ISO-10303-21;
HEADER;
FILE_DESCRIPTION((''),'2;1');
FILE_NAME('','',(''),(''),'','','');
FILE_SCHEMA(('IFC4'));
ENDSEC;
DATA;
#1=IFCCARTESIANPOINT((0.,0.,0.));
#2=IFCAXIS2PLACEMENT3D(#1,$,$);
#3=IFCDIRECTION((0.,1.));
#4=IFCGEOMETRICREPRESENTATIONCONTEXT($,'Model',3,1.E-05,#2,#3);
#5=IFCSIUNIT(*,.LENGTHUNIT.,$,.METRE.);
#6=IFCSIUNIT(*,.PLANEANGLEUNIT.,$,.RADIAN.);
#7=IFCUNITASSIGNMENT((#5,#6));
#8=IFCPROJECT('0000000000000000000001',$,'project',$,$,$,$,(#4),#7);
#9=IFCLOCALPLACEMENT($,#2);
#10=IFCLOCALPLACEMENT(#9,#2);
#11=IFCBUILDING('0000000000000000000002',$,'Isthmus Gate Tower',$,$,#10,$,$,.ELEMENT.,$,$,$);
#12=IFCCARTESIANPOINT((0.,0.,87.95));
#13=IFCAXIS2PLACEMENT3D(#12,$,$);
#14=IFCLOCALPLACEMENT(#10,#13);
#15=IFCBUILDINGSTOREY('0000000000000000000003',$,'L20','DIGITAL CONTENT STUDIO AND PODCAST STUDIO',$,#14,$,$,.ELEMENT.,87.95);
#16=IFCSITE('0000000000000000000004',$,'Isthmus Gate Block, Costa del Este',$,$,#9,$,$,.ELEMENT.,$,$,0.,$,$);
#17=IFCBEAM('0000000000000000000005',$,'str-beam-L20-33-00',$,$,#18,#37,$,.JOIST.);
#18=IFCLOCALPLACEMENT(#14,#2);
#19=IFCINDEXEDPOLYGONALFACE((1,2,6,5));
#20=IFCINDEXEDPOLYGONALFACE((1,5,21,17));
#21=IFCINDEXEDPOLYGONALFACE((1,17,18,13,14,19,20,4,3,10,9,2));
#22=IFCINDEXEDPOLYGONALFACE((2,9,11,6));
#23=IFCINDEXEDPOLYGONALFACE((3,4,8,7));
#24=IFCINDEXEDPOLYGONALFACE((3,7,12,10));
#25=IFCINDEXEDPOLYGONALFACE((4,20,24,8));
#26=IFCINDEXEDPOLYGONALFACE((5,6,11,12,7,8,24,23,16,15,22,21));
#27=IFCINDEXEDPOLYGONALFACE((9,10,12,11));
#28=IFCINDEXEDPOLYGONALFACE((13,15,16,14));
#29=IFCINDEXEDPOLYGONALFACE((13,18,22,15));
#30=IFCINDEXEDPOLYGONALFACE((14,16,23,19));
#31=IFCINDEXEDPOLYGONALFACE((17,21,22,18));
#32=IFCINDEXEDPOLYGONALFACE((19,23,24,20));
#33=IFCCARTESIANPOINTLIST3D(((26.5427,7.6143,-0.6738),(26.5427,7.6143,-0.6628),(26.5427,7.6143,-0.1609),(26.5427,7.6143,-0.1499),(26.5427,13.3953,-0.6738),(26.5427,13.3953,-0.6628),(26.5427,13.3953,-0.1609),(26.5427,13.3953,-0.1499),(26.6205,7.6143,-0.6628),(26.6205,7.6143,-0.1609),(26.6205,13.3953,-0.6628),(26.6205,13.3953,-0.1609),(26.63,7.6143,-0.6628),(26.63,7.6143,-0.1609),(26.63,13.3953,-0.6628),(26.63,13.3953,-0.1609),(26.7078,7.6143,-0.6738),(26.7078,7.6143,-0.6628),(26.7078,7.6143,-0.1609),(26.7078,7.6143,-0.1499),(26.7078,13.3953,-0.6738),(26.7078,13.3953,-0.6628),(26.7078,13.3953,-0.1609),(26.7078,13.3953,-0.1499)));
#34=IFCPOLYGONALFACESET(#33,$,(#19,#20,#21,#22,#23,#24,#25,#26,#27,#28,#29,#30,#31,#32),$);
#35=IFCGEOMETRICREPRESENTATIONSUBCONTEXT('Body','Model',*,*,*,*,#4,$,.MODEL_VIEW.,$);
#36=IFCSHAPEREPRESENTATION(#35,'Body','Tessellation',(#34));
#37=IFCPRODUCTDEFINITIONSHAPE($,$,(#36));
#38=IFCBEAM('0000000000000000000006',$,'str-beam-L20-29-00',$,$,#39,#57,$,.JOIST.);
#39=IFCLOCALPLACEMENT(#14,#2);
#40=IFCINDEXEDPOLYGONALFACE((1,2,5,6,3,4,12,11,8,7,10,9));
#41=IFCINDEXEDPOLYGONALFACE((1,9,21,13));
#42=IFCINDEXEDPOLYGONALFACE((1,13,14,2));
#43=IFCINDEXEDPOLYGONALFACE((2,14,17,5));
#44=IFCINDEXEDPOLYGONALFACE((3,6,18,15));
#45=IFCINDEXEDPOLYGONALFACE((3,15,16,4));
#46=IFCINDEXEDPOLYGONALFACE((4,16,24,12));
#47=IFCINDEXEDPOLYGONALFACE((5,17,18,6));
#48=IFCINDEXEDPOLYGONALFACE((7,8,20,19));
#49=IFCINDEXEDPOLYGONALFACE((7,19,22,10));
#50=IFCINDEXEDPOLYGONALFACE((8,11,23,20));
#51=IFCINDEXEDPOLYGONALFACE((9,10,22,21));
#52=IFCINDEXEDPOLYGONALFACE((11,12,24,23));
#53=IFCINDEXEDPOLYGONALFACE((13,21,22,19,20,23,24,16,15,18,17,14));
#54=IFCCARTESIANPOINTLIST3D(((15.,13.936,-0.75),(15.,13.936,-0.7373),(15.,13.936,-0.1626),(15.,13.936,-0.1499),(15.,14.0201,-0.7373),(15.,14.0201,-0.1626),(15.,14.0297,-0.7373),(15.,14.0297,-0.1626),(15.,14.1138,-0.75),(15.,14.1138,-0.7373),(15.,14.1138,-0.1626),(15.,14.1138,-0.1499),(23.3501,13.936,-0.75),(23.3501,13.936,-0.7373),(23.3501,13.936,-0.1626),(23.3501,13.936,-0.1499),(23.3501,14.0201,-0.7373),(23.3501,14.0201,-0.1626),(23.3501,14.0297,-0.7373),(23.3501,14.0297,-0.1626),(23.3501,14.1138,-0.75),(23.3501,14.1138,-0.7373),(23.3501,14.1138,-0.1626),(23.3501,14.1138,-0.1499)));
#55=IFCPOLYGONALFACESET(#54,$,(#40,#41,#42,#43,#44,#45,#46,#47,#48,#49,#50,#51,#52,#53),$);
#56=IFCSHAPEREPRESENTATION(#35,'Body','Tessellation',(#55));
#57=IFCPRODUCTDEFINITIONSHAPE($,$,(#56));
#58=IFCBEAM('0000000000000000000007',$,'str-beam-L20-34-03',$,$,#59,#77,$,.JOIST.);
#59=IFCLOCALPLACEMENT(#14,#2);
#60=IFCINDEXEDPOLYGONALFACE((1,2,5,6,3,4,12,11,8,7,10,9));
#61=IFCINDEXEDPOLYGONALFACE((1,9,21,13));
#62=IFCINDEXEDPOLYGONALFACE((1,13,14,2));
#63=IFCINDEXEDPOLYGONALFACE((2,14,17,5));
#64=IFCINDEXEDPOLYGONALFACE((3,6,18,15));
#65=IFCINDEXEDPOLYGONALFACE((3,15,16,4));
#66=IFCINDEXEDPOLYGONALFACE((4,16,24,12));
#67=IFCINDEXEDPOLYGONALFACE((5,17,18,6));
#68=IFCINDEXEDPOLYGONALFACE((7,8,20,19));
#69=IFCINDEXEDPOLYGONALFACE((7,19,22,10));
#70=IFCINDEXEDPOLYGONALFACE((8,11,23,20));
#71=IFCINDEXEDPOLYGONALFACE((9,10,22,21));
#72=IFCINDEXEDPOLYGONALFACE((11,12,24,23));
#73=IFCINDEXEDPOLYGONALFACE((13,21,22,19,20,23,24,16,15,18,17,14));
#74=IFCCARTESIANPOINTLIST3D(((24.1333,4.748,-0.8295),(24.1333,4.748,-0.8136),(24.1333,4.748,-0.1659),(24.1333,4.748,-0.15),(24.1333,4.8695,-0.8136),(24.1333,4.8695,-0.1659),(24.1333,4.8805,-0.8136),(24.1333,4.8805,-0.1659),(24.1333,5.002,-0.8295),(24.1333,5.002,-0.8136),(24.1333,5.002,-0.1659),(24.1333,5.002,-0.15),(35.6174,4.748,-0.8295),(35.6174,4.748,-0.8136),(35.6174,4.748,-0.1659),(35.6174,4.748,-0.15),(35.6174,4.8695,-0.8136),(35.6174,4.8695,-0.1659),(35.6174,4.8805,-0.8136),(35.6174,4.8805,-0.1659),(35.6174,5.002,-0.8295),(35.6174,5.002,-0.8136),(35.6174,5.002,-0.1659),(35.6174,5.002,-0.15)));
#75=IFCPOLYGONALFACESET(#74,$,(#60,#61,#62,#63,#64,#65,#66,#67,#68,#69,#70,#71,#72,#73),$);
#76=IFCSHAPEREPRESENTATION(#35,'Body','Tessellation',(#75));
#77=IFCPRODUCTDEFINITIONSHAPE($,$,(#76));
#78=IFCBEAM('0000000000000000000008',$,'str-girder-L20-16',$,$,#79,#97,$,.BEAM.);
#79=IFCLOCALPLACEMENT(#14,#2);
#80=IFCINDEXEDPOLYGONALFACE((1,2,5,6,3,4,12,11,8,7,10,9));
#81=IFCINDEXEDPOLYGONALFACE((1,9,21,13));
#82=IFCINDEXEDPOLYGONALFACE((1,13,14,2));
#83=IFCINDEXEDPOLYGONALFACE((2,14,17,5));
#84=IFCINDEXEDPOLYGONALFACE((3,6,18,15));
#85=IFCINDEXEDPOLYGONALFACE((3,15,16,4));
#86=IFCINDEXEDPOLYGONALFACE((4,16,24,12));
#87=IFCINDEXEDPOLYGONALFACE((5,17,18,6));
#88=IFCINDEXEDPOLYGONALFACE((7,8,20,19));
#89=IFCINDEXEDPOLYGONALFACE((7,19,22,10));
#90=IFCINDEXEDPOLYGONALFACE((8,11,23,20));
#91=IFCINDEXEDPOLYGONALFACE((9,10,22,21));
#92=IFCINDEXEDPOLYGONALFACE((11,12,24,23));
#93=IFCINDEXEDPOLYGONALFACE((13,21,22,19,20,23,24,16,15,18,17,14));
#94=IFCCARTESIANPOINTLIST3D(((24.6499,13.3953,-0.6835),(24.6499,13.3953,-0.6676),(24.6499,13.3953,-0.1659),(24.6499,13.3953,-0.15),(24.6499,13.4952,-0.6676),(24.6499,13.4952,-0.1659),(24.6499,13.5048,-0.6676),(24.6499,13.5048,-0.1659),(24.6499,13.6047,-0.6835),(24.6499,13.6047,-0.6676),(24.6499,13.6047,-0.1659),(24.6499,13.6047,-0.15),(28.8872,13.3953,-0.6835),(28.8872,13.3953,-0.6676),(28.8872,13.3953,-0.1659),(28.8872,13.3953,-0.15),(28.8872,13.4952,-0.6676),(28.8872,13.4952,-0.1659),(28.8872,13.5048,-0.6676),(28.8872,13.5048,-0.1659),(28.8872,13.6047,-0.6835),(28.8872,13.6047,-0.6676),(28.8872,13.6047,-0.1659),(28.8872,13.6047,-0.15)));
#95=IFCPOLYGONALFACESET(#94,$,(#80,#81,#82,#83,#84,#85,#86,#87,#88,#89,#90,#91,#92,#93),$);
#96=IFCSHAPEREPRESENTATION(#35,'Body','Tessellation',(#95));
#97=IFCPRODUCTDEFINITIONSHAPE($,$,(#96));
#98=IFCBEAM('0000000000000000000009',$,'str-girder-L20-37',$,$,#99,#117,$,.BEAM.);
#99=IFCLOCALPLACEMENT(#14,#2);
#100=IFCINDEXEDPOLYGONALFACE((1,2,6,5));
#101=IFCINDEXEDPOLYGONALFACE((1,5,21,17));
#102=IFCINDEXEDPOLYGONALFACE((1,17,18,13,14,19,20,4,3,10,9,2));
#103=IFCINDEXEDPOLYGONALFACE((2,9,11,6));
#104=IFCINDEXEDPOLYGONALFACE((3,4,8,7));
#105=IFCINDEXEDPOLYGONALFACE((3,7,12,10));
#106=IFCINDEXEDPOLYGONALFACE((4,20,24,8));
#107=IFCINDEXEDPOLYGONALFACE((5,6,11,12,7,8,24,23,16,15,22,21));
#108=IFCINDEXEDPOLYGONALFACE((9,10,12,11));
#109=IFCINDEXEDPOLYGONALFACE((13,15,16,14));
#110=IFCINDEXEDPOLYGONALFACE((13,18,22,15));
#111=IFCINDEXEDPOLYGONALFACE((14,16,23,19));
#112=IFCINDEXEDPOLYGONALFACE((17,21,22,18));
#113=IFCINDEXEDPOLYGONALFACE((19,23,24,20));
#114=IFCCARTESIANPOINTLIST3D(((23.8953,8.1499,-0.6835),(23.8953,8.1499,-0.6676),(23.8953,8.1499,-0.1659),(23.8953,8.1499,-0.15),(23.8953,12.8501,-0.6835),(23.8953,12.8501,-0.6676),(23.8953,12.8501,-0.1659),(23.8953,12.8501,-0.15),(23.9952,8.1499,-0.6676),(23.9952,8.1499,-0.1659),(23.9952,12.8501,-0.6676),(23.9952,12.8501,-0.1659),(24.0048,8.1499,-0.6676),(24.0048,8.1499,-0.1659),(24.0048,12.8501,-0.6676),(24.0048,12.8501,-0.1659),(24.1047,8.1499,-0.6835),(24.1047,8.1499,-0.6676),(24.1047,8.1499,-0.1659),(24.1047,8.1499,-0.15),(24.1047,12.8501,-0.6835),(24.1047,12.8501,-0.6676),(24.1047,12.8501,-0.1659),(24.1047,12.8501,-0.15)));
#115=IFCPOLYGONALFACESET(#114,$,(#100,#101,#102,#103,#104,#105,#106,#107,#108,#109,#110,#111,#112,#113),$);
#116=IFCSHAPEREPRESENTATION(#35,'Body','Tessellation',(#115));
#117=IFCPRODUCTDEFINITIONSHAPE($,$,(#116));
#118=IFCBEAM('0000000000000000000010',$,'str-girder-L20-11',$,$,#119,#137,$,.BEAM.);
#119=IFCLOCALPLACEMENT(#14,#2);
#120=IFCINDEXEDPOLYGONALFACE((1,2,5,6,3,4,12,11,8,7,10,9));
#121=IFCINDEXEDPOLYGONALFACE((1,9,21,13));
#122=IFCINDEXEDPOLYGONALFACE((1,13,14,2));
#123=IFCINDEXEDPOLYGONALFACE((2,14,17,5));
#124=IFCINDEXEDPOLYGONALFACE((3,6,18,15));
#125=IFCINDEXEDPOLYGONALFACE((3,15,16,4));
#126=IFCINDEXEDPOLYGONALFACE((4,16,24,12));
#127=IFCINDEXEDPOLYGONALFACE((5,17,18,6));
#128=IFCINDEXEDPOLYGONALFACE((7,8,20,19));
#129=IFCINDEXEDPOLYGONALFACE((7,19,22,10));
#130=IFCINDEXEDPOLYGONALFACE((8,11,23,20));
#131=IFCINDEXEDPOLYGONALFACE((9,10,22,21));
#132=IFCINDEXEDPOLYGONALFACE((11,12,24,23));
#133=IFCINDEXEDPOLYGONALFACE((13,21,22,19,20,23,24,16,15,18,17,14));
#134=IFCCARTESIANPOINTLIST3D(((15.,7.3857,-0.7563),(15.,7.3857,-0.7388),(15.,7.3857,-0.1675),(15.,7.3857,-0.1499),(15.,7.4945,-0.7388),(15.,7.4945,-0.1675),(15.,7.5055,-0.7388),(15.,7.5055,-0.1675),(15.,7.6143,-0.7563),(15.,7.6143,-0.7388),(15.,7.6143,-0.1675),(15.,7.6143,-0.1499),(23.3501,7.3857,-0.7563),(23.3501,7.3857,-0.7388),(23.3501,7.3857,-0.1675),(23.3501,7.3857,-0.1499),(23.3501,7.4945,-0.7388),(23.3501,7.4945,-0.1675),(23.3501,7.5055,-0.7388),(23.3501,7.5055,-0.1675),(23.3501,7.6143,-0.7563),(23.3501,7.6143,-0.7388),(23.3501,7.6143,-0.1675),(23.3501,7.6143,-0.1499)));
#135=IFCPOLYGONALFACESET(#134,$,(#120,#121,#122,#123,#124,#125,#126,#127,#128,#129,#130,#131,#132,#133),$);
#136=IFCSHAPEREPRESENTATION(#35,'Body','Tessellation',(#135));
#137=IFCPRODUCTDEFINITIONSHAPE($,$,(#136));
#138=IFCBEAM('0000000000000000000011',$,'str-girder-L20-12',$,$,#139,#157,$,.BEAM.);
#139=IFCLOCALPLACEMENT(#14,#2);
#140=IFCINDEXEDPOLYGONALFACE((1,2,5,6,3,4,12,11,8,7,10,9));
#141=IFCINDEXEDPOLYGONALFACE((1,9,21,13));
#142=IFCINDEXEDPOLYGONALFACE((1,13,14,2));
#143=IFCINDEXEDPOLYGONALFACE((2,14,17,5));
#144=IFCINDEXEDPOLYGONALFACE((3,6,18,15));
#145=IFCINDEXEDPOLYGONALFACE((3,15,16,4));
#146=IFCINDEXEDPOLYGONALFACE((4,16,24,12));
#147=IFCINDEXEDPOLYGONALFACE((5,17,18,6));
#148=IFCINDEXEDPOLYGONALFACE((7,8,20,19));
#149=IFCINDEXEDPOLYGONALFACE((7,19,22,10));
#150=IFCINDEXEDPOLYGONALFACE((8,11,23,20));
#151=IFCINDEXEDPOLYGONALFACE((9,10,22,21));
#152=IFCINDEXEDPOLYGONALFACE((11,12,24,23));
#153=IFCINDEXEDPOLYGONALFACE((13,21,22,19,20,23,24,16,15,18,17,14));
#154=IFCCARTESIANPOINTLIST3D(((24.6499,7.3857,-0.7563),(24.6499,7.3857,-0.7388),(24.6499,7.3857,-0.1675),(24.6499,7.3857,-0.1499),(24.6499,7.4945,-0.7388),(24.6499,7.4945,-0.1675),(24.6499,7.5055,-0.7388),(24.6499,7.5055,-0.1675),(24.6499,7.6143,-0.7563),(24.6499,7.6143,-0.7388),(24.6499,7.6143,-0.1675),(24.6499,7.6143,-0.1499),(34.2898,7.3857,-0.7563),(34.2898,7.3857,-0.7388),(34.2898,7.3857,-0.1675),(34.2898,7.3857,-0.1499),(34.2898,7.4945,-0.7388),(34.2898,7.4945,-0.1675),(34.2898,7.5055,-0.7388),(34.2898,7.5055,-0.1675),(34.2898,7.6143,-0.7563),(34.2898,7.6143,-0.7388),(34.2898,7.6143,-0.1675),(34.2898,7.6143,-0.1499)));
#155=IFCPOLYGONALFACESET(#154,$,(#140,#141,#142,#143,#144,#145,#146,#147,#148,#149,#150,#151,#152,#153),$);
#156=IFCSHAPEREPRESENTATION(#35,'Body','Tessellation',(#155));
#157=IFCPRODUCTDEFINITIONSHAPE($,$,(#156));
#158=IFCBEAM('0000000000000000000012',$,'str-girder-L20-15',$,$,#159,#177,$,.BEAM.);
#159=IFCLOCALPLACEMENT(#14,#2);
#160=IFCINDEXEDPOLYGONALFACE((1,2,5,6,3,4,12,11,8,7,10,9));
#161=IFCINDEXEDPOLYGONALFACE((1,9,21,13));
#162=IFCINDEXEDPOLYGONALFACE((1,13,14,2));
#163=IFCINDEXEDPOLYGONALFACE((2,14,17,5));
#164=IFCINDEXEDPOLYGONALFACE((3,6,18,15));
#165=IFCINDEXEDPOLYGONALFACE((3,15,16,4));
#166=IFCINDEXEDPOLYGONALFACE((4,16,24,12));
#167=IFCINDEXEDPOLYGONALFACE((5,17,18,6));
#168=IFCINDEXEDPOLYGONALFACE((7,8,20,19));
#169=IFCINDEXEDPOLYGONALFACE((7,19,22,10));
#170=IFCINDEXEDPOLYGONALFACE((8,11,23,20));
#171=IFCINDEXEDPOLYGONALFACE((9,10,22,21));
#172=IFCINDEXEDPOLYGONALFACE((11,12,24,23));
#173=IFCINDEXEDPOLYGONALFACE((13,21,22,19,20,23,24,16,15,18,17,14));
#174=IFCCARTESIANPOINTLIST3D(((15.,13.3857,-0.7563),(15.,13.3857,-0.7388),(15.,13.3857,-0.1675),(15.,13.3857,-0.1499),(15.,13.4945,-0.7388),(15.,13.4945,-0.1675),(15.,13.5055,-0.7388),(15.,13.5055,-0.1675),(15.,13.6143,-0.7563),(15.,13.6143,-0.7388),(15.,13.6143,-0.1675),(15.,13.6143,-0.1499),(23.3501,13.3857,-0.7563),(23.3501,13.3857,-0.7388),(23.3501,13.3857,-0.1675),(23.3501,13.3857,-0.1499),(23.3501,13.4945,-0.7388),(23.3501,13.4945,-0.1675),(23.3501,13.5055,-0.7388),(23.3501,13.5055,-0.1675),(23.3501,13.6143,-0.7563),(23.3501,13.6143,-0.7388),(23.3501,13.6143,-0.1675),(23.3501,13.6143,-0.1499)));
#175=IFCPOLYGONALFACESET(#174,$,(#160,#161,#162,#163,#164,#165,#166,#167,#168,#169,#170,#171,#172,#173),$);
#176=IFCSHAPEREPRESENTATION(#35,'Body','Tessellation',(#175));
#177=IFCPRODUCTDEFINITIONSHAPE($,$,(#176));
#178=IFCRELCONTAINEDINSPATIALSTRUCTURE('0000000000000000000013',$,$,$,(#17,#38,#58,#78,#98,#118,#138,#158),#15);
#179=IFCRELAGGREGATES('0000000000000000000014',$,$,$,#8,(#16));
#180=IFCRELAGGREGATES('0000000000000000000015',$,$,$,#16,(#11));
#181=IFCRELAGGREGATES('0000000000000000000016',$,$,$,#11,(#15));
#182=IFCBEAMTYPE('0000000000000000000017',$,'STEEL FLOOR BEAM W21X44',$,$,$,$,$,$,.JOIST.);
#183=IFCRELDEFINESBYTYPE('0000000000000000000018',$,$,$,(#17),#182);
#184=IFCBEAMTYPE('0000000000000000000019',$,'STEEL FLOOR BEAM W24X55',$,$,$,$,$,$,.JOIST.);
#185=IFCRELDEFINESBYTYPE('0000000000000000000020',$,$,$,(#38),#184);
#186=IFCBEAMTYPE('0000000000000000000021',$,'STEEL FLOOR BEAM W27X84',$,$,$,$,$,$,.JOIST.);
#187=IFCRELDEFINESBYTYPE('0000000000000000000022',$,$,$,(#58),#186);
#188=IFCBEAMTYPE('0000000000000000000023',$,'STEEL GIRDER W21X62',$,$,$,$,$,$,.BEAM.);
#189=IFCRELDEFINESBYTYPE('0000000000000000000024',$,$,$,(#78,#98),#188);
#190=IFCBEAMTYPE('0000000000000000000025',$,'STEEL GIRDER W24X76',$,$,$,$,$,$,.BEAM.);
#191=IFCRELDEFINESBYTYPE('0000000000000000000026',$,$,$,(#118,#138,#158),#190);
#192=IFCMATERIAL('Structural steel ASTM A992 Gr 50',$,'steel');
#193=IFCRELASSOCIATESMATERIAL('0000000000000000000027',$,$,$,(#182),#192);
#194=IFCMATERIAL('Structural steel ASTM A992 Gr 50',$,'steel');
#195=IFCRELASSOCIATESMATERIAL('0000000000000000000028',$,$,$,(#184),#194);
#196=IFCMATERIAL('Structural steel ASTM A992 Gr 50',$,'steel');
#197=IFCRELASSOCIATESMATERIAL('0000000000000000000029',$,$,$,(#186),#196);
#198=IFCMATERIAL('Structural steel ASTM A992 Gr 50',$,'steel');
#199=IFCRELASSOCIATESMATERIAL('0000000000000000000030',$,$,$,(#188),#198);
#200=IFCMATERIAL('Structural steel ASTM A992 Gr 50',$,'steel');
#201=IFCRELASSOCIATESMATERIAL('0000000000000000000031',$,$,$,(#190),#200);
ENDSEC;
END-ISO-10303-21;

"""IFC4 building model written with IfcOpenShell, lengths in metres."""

from ifc_helpers import new_model, si_unit, direction, frame, origin, origin_2d, place, context, subcontext, project, spatial, i_section, extrude, material, material_profile, profile_set, type_object, element, save


model = new_model("IFC4")

# Units and contexts
model_context = context("Model", 3, precision=1e-05, world=origin(), true_north=direction((0.0, 1.0)))
body_context = subcontext(model_context, "Body", "Model", "MODEL_VIEW")
ifc_project = project(units=[si_unit("LENGTHUNIT", "METRE"), si_unit("PLANEANGLEUNIT", "RADIAN")], contexts=[model_context])

# Site, building, storey
site_placement = place(None, origin())
site = spatial("IfcSite", under=ifc_project, at=site_placement, Name="Isthmus Gate Block, Costa del Este", CompositionType="ELEMENT", RefElevation=0.0)
building_placement = place(site_placement, origin())
building = spatial("IfcBuilding", under=site, at=building_placement, Name="Isthmus Gate Tower", CompositionType="ELEMENT")
storey_placement = place(building_placement, frame((0.0, 0.0, 87.95)))
storey = spatial("IfcBuildingStorey", under=building, at=storey_placement, Name="L20", Description="DIGITAL CONTENT STUDIO AND PODCAST STUDIO", CompositionType="ELEMENT", Elevation=87.95)

# Beams
ifc_material_1 = material(Name="Structural steel ASTM A992 Gr 50", Category="steel")
ifc_material_profile_1 = material_profile(ifc_material_1, i_section(OverallWidth=0.165, OverallDepth=0.5239, WebThickness=0.0095, FlangeThickness=0.011, at=origin_2d()), Name="W21X44")
ifc_profile_set_1 = profile_set([ifc_material_profile_1], Name="Structural steel ASTM A992 Gr 50")
beam_type_1 = type_object("IfcBeamType", Name="STEEL FLOOR BEAM W21X44", PredefinedType="JOIST", material=ifc_profile_set_1)
beam_1_placement = place(storey_placement, frame((26.6252, 7.6143, -0.4119), z_axis=(0.0, 1.0, 0.0), x_axis=(-1.0, 0.0, 0.0)))
element("IfcBeam", 1, at=beam_1_placement, inside=storey, type_object=beam_type_1, Name="str-beam-L20-33-00", PredefinedType="JOIST", context=body_context, shape_type="SweptSolid", body=[
    extrude(i_section(OverallWidth=0.165, OverallDepth=0.5239, WebThickness=0.0095, FlangeThickness=0.011, at=origin_2d()), origin(), (0.0, 0.0, 1.0), 5.781),
])
ifc_material_2 = material(Name="Structural steel ASTM A992 Gr 50", Category="steel")
ifc_material_profile_2 = material_profile(ifc_material_2, i_section(OverallWidth=0.1777, OverallDepth=0.6001, WebThickness=0.0095, FlangeThickness=0.0127, at=origin_2d()), Name="W24X55")
ifc_profile_set_2 = profile_set([ifc_material_profile_2], Name="Structural steel ASTM A992 Gr 50")
beam_type_2 = type_object("IfcBeamType", Name="STEEL FLOOR BEAM W24X55", PredefinedType="JOIST", material=ifc_profile_set_2)
beam_2_placement = place(storey_placement, frame((15.0, 14.0249, -0.45), z_axis=(1.0, 0.0, 0.0), x_axis=(0.0, 1.0, 0.0)))
element("IfcBeam", 2, at=beam_2_placement, inside=storey, type_object=beam_type_2, Name="str-beam-L20-29-00", PredefinedType="JOIST", context=body_context, shape_type="SweptSolid", body=[
    extrude(i_section(OverallWidth=0.1777, OverallDepth=0.6001, WebThickness=0.0095, FlangeThickness=0.0127, at=origin_2d()), origin(), (0.0, 0.0, 1.0), 8.3501),
])
ifc_material_3 = material(Name="Structural steel ASTM A992 Gr 50", Category="steel")
ifc_material_profile_3 = material_profile(ifc_material_3, i_section(OverallWidth=0.2539, OverallDepth=0.6794, WebThickness=0.011, FlangeThickness=0.0159, at=origin_2d()), Name="W27X84")
ifc_profile_set_3 = profile_set([ifc_material_profile_3], Name="Structural steel ASTM A992 Gr 50")
beam_type_3 = type_object("IfcBeamType", Name="STEEL FLOOR BEAM W27X84", PredefinedType="JOIST", material=ifc_profile_set_3)
beam_3_placement = place(storey_placement, frame((24.1333, 4.875, -0.4897), z_axis=(1.0, 0.0, 0.0), x_axis=(0.0, 1.0, 0.0)))
element("IfcBeam", 3, at=beam_3_placement, inside=storey, type_object=beam_type_3, Name="str-beam-L20-34-03", PredefinedType="JOIST", context=body_context, shape_type="SweptSolid", body=[
    extrude(i_section(OverallWidth=0.2539, OverallDepth=0.6794, WebThickness=0.011, FlangeThickness=0.0159, at=origin_2d()), origin(), (0.0, 0.0, 1.0), 11.4841),
])
ifc_material_4 = material(Name="Structural steel ASTM A992 Gr 50", Category="steel")
ifc_material_profile_4 = material_profile(ifc_material_4, i_section(OverallWidth=0.2095, OverallDepth=0.5334, WebThickness=0.0095, FlangeThickness=0.0159, at=origin_2d()), Name="W21X62")
ifc_profile_set_4 = profile_set([ifc_material_profile_4], Name="Structural steel ASTM A992 Gr 50")
beam_type_4 = type_object("IfcBeamType", Name="STEEL GIRDER W21X62", PredefinedType="BEAM", material=ifc_profile_set_4)
beam_4_placement = place(storey_placement, frame((24.6499, 13.5, -0.4167), z_axis=(1.0, 0.0, 0.0), x_axis=(0.0, 1.0, 0.0)))
element("IfcBeam", 4, at=beam_4_placement, inside=storey, type_object=beam_type_4, Name="str-girder-L20-16", PredefinedType="BEAM", context=body_context, shape_type="SweptSolid", body=[
    extrude(i_section(OverallWidth=0.2095, OverallDepth=0.5334, WebThickness=0.0095, FlangeThickness=0.0159, at=origin_2d()), origin(), (0.0, 0.0, 1.0), 4.2373),
])
beam_5_placement = place(storey_placement, frame((24.0, 8.1499, -0.4167), z_axis=(0.0, 1.0, 0.0), x_axis=(-1.0, 0.0, 0.0)))
element("IfcBeam", 5, at=beam_5_placement, inside=storey, type_object=beam_type_4, Name="str-girder-L20-37", PredefinedType="BEAM", context=body_context, shape_type="SweptSolid", body=[
    extrude(i_section(OverallWidth=0.2095, OverallDepth=0.5334, WebThickness=0.0095, FlangeThickness=0.0159, at=origin_2d()), origin(), (0.0, 0.0, 1.0), 4.7002),
])
ifc_material_5 = material(Name="Structural steel ASTM A992 Gr 50", Category="steel")
ifc_material_profile_5 = material_profile(ifc_material_5, i_section(OverallWidth=0.2285, OverallDepth=0.6064, WebThickness=0.011, FlangeThickness=0.0176, at=origin_2d()), Name="W24X76")
ifc_profile_set_5 = profile_set([ifc_material_profile_5], Name="Structural steel ASTM A992 Gr 50")
beam_type_5 = type_object("IfcBeamType", Name="STEEL GIRDER W24X76", PredefinedType="BEAM", material=ifc_profile_set_5)
beam_6_placement = place(storey_placement, frame((15.0, 7.5, -0.4531), z_axis=(1.0, 0.0, 0.0), x_axis=(0.0, 1.0, 0.0)))
element("IfcBeam", 6, at=beam_6_placement, inside=storey, type_object=beam_type_5, Name="str-girder-L20-11", PredefinedType="BEAM", context=body_context, shape_type="SweptSolid", body=[
    extrude(i_section(OverallWidth=0.2285, OverallDepth=0.6064, WebThickness=0.011, FlangeThickness=0.0176, at=origin_2d()), origin(), (0.0, 0.0, 1.0), 8.3501),
])
beam_7_placement = place(storey_placement, frame((24.6499, 7.5, -0.4531), z_axis=(1.0, 0.0, 0.0), x_axis=(0.0, 1.0, 0.0)))
element("IfcBeam", 7, at=beam_7_placement, inside=storey, type_object=beam_type_5, Name="str-girder-L20-12", PredefinedType="BEAM", context=body_context, shape_type="SweptSolid", body=[
    extrude(i_section(OverallWidth=0.2285, OverallDepth=0.6064, WebThickness=0.011, FlangeThickness=0.0176, at=origin_2d()), origin(), (0.0, 0.0, 1.0), 9.6399),
])
beam_8_placement = place(storey_placement, frame((15.0, 13.5, -0.4531), z_axis=(1.0, 0.0, 0.0), x_axis=(0.0, 1.0, 0.0)))
element("IfcBeam", 8, at=beam_8_placement, inside=storey, type_object=beam_type_5, Name="str-girder-L20-15", PredefinedType="BEAM", context=body_context, shape_type="SweptSolid", body=[
    extrude(i_section(OverallWidth=0.2285, OverallDepth=0.6064, WebThickness=0.011, FlangeThickness=0.0176, at=origin_2d()), origin(), (0.0, 0.0, 1.0), 8.3501),
])

save(model, "model.ifc")
